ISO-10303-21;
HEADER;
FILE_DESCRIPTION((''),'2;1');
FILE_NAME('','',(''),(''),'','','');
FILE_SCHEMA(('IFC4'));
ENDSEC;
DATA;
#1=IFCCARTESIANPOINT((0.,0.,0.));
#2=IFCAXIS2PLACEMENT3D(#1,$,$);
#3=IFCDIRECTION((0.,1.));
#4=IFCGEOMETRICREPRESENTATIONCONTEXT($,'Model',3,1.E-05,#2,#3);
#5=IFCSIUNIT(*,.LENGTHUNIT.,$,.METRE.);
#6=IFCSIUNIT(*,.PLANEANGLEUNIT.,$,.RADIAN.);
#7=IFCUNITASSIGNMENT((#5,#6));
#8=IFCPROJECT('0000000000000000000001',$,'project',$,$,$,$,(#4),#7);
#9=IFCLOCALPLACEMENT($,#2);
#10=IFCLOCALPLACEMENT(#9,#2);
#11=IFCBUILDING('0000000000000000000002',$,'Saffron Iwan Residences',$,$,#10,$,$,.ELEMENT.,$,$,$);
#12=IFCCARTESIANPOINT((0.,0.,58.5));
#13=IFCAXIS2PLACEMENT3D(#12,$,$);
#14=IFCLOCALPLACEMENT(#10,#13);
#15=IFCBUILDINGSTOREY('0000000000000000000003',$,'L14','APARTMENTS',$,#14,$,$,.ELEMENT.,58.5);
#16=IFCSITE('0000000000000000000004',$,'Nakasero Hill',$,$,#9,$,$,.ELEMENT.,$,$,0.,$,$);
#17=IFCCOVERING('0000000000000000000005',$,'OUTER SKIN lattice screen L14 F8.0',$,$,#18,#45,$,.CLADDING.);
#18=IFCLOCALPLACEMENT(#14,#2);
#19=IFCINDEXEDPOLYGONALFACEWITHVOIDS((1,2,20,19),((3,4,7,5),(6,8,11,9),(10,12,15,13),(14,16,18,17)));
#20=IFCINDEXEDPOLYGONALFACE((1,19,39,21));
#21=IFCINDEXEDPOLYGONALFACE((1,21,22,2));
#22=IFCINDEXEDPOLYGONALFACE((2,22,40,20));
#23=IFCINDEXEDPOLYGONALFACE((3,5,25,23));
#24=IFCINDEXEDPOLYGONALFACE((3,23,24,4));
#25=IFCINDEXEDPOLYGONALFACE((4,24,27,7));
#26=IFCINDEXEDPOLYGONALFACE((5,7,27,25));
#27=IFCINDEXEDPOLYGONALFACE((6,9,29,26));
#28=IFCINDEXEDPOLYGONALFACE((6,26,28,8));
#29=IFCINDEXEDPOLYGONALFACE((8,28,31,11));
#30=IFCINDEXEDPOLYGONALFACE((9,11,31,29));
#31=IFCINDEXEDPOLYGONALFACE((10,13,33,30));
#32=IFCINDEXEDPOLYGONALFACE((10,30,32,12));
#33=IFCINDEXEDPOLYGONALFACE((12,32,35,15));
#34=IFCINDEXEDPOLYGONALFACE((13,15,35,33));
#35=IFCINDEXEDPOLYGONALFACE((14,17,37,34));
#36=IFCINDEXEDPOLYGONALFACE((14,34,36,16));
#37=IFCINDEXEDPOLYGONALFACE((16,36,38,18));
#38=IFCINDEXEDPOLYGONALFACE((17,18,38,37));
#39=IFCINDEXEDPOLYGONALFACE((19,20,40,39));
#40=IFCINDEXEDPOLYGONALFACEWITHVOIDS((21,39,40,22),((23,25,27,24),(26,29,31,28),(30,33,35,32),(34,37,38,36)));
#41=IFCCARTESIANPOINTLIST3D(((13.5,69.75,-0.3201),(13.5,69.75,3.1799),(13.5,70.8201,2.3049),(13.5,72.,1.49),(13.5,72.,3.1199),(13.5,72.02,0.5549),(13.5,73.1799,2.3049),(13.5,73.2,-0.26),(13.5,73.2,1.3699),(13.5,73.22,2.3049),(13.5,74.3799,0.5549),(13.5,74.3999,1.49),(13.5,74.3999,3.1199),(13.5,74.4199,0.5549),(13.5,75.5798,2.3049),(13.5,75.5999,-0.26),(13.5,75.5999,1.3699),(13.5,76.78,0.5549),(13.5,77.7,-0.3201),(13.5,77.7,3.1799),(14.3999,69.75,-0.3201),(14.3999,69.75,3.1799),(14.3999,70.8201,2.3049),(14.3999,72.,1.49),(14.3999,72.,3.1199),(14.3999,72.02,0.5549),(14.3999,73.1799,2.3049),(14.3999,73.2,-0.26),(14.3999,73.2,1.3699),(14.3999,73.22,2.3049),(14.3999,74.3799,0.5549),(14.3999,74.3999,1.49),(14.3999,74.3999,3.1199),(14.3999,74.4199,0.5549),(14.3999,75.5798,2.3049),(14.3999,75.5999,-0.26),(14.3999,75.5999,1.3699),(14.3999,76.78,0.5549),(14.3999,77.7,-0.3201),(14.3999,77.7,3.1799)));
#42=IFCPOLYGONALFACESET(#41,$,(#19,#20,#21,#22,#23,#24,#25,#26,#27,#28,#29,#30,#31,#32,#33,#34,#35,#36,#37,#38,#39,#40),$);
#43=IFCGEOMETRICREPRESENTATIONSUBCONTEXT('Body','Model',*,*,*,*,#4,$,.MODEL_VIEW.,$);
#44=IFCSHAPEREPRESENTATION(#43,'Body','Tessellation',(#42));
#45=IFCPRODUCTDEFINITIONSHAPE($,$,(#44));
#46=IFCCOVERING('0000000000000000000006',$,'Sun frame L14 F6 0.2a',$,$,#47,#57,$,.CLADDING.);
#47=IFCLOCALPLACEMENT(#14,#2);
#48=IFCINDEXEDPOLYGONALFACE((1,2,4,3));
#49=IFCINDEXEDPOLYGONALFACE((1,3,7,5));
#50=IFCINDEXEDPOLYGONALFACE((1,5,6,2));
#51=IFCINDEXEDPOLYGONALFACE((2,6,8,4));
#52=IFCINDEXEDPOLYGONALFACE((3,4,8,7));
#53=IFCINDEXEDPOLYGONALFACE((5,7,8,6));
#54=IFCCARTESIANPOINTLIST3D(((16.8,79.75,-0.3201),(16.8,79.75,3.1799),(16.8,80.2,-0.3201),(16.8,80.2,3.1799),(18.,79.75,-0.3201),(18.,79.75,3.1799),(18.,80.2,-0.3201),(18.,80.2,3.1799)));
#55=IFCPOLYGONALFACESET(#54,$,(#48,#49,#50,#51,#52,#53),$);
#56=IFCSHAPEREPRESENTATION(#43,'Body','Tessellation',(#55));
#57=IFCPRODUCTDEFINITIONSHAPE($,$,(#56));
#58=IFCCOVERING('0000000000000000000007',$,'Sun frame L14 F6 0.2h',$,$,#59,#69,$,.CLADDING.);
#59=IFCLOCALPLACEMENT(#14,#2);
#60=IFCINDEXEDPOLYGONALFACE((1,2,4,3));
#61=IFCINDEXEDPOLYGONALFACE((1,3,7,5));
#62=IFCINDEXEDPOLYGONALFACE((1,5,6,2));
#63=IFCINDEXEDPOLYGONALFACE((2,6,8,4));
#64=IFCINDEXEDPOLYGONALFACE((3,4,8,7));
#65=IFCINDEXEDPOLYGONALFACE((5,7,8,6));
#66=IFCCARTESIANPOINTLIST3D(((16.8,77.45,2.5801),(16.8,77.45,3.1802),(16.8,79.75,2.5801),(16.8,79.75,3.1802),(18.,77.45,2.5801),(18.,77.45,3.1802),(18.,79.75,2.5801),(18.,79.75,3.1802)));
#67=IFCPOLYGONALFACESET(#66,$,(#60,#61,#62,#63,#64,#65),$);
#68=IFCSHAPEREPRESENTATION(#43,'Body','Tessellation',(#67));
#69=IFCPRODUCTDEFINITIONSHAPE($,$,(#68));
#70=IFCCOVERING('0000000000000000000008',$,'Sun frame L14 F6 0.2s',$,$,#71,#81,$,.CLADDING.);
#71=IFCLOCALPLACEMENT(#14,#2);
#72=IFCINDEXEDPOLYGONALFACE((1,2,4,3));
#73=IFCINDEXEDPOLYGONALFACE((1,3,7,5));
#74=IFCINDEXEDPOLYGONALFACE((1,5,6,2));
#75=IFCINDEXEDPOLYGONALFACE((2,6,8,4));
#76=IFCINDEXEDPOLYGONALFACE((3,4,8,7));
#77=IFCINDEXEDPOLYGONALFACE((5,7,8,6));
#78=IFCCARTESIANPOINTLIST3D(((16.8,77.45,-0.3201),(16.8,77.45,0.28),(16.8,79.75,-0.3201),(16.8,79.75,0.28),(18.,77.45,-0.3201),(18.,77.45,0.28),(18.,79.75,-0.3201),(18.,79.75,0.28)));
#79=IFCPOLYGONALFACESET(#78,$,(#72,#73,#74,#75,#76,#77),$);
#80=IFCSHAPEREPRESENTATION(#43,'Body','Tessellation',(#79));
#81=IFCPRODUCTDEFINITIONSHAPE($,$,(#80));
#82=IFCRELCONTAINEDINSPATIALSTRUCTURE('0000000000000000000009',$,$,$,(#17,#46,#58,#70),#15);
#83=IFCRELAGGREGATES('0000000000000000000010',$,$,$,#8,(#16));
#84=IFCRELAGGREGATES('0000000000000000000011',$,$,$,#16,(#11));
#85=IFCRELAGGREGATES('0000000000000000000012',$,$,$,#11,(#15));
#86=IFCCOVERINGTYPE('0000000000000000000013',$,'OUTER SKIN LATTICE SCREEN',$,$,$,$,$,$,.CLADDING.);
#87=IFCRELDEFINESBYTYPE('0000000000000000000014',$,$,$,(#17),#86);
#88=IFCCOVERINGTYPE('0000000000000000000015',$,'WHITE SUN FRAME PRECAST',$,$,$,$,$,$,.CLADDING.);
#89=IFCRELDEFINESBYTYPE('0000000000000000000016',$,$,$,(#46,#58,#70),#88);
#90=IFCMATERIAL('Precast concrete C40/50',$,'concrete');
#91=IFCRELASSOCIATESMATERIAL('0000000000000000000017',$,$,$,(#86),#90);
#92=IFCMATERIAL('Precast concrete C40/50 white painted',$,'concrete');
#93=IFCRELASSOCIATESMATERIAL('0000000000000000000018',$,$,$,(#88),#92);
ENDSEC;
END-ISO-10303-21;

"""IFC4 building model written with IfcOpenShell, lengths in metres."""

from ifc_helpers import new_model, si_unit, direction, frame, origin, place, context, subcontext, project, spatial, polyline, outline, extrude, material, type_object, element, save


model = new_model("IFC4")

# Units and contexts
model_context = context("Model", 3, precision=1e-05, world=origin(), true_north=direction((0.0, 1.0)))
body_context = subcontext(model_context, "Body", "Model", "MODEL_VIEW")
ifc_project = project(units=[si_unit("LENGTHUNIT", "METRE"), si_unit("PLANEANGLEUNIT", "RADIAN")], contexts=[model_context])

# Site, building, storey
site_placement = place(None, origin())
site = spatial("IfcSite", under=ifc_project, at=site_placement, Name="Nakasero Hill", CompositionType="ELEMENT", RefElevation=0.0)
building_placement = place(site_placement, origin())
building = spatial("IfcBuilding", under=site, at=building_placement, Name="Saffron Iwan Residences", CompositionType="ELEMENT")
storey_placement = place(building_placement, frame((0.0, 0.0, 58.5)))
storey = spatial("IfcBuildingStorey", under=building, at=storey_placement, Name="L14", Description="APARTMENTS", CompositionType="ELEMENT", Elevation=58.5)

# Coverings
ifc_material_1 = material(Name="Precast concrete C40/50", Category="concrete")
covering_type_1 = type_object("IfcCoveringType", Name="OUTER SKIN LATTICE SCREEN", PredefinedType="CLADDING", material=ifc_material_1)
covering_1_placement = place(storey_placement, frame((14.3999, 77.7, -0.3201), z_axis=(-1.0, 0.0, 0.0), x_axis=(0.0, -1.0, 0.0)))
element("IfcCovering", 1, at=covering_1_placement, inside=storey, type_object=covering_type_1, Name="OUTER SKIN lattice screen L14 F8.0", PredefinedType="CLADDING", context=body_context, shape_type="SweptSolid", body=[
    extrude(outline(polyline([(0.0, 0.0), (7.95, 0.0), (7.95, 3.5), (0.0, 3.5), (0.0, 0.0)]), holes=[polyline([(0.9199, 0.875), (2.1001, 0.0601), (3.28, 0.875), (2.1001, 1.6899), (0.9199, 0.875)]), polyline([(3.3201, 0.875), (4.5, 0.0601), (5.6799, 0.875), (4.5, 1.6899), (3.3201, 0.875)]), polyline([(2.1201, 2.625), (3.3, 1.8101), (4.48, 2.625), (3.3, 3.4399), (2.1201, 2.625)]), polyline([(4.52, 2.625), (5.7, 1.8101), (6.8799, 2.625), (5.7, 3.4399), (4.52, 2.625)])]), origin(), (0.0, 0.0, 1.0), 0.8999),
])
ifc_material_2 = material(Name="Precast concrete C40/50 white painted", Category="concrete")
covering_type_2 = type_object("IfcCoveringType", Name="WHITE SUN FRAME PRECAST", PredefinedType="CLADDING", material=ifc_material_2)
covering_2_placement = place(storey_placement, frame((18.0, 80.2, -0.3201), z_axis=(-1.0, 0.0, 0.0), x_axis=(0.0, -1.0, 0.0)))
element("IfcCovering", 2, at=covering_2_placement, inside=storey, type_object=covering_type_2, Name="Sun frame L14 F6 0.2a", PredefinedType="CLADDING", context=body_context, shape_type="SweptSolid", body=[
    extrude(outline(polyline([(0.0, 0.0), (0.45, 0.0), (0.45, 3.5), (0.0, 3.5), (0.0, 0.0)])), origin(), (0.0, 0.0, 1.0), 1.2),
])
for number, where, z_axis, x_axis, name in (
    (3, (18.0, 79.75, 2.5801), (-1.0, 0.0, 0.0), (0.0, -1.0, 0.0), "Sun frame L14 F6 0.2h"),
    (4, (18.0, 79.75, -0.3201), (-1.0, 0.0, 0.0), (0.0, -1.0, 0.0), "Sun frame L14 F6 0.2s"),
):
    element("IfcCovering", number, at=place(storey_placement, frame(where, z_axis=z_axis, x_axis=x_axis)), inside=storey, type_object=covering_type_2, Name=name, PredefinedType="CLADDING", context=body_context, shape_type="SweptSolid", body=[
        extrude(outline(polyline([(0.0, 0.0), (2.3, 0.0), (2.3, 0.6001), (0.0, 0.6001), (0.0, 0.0)])), origin(), (0.0, 0.0, 1.0), 1.2),
    ])

save(model, "model.ifc")
